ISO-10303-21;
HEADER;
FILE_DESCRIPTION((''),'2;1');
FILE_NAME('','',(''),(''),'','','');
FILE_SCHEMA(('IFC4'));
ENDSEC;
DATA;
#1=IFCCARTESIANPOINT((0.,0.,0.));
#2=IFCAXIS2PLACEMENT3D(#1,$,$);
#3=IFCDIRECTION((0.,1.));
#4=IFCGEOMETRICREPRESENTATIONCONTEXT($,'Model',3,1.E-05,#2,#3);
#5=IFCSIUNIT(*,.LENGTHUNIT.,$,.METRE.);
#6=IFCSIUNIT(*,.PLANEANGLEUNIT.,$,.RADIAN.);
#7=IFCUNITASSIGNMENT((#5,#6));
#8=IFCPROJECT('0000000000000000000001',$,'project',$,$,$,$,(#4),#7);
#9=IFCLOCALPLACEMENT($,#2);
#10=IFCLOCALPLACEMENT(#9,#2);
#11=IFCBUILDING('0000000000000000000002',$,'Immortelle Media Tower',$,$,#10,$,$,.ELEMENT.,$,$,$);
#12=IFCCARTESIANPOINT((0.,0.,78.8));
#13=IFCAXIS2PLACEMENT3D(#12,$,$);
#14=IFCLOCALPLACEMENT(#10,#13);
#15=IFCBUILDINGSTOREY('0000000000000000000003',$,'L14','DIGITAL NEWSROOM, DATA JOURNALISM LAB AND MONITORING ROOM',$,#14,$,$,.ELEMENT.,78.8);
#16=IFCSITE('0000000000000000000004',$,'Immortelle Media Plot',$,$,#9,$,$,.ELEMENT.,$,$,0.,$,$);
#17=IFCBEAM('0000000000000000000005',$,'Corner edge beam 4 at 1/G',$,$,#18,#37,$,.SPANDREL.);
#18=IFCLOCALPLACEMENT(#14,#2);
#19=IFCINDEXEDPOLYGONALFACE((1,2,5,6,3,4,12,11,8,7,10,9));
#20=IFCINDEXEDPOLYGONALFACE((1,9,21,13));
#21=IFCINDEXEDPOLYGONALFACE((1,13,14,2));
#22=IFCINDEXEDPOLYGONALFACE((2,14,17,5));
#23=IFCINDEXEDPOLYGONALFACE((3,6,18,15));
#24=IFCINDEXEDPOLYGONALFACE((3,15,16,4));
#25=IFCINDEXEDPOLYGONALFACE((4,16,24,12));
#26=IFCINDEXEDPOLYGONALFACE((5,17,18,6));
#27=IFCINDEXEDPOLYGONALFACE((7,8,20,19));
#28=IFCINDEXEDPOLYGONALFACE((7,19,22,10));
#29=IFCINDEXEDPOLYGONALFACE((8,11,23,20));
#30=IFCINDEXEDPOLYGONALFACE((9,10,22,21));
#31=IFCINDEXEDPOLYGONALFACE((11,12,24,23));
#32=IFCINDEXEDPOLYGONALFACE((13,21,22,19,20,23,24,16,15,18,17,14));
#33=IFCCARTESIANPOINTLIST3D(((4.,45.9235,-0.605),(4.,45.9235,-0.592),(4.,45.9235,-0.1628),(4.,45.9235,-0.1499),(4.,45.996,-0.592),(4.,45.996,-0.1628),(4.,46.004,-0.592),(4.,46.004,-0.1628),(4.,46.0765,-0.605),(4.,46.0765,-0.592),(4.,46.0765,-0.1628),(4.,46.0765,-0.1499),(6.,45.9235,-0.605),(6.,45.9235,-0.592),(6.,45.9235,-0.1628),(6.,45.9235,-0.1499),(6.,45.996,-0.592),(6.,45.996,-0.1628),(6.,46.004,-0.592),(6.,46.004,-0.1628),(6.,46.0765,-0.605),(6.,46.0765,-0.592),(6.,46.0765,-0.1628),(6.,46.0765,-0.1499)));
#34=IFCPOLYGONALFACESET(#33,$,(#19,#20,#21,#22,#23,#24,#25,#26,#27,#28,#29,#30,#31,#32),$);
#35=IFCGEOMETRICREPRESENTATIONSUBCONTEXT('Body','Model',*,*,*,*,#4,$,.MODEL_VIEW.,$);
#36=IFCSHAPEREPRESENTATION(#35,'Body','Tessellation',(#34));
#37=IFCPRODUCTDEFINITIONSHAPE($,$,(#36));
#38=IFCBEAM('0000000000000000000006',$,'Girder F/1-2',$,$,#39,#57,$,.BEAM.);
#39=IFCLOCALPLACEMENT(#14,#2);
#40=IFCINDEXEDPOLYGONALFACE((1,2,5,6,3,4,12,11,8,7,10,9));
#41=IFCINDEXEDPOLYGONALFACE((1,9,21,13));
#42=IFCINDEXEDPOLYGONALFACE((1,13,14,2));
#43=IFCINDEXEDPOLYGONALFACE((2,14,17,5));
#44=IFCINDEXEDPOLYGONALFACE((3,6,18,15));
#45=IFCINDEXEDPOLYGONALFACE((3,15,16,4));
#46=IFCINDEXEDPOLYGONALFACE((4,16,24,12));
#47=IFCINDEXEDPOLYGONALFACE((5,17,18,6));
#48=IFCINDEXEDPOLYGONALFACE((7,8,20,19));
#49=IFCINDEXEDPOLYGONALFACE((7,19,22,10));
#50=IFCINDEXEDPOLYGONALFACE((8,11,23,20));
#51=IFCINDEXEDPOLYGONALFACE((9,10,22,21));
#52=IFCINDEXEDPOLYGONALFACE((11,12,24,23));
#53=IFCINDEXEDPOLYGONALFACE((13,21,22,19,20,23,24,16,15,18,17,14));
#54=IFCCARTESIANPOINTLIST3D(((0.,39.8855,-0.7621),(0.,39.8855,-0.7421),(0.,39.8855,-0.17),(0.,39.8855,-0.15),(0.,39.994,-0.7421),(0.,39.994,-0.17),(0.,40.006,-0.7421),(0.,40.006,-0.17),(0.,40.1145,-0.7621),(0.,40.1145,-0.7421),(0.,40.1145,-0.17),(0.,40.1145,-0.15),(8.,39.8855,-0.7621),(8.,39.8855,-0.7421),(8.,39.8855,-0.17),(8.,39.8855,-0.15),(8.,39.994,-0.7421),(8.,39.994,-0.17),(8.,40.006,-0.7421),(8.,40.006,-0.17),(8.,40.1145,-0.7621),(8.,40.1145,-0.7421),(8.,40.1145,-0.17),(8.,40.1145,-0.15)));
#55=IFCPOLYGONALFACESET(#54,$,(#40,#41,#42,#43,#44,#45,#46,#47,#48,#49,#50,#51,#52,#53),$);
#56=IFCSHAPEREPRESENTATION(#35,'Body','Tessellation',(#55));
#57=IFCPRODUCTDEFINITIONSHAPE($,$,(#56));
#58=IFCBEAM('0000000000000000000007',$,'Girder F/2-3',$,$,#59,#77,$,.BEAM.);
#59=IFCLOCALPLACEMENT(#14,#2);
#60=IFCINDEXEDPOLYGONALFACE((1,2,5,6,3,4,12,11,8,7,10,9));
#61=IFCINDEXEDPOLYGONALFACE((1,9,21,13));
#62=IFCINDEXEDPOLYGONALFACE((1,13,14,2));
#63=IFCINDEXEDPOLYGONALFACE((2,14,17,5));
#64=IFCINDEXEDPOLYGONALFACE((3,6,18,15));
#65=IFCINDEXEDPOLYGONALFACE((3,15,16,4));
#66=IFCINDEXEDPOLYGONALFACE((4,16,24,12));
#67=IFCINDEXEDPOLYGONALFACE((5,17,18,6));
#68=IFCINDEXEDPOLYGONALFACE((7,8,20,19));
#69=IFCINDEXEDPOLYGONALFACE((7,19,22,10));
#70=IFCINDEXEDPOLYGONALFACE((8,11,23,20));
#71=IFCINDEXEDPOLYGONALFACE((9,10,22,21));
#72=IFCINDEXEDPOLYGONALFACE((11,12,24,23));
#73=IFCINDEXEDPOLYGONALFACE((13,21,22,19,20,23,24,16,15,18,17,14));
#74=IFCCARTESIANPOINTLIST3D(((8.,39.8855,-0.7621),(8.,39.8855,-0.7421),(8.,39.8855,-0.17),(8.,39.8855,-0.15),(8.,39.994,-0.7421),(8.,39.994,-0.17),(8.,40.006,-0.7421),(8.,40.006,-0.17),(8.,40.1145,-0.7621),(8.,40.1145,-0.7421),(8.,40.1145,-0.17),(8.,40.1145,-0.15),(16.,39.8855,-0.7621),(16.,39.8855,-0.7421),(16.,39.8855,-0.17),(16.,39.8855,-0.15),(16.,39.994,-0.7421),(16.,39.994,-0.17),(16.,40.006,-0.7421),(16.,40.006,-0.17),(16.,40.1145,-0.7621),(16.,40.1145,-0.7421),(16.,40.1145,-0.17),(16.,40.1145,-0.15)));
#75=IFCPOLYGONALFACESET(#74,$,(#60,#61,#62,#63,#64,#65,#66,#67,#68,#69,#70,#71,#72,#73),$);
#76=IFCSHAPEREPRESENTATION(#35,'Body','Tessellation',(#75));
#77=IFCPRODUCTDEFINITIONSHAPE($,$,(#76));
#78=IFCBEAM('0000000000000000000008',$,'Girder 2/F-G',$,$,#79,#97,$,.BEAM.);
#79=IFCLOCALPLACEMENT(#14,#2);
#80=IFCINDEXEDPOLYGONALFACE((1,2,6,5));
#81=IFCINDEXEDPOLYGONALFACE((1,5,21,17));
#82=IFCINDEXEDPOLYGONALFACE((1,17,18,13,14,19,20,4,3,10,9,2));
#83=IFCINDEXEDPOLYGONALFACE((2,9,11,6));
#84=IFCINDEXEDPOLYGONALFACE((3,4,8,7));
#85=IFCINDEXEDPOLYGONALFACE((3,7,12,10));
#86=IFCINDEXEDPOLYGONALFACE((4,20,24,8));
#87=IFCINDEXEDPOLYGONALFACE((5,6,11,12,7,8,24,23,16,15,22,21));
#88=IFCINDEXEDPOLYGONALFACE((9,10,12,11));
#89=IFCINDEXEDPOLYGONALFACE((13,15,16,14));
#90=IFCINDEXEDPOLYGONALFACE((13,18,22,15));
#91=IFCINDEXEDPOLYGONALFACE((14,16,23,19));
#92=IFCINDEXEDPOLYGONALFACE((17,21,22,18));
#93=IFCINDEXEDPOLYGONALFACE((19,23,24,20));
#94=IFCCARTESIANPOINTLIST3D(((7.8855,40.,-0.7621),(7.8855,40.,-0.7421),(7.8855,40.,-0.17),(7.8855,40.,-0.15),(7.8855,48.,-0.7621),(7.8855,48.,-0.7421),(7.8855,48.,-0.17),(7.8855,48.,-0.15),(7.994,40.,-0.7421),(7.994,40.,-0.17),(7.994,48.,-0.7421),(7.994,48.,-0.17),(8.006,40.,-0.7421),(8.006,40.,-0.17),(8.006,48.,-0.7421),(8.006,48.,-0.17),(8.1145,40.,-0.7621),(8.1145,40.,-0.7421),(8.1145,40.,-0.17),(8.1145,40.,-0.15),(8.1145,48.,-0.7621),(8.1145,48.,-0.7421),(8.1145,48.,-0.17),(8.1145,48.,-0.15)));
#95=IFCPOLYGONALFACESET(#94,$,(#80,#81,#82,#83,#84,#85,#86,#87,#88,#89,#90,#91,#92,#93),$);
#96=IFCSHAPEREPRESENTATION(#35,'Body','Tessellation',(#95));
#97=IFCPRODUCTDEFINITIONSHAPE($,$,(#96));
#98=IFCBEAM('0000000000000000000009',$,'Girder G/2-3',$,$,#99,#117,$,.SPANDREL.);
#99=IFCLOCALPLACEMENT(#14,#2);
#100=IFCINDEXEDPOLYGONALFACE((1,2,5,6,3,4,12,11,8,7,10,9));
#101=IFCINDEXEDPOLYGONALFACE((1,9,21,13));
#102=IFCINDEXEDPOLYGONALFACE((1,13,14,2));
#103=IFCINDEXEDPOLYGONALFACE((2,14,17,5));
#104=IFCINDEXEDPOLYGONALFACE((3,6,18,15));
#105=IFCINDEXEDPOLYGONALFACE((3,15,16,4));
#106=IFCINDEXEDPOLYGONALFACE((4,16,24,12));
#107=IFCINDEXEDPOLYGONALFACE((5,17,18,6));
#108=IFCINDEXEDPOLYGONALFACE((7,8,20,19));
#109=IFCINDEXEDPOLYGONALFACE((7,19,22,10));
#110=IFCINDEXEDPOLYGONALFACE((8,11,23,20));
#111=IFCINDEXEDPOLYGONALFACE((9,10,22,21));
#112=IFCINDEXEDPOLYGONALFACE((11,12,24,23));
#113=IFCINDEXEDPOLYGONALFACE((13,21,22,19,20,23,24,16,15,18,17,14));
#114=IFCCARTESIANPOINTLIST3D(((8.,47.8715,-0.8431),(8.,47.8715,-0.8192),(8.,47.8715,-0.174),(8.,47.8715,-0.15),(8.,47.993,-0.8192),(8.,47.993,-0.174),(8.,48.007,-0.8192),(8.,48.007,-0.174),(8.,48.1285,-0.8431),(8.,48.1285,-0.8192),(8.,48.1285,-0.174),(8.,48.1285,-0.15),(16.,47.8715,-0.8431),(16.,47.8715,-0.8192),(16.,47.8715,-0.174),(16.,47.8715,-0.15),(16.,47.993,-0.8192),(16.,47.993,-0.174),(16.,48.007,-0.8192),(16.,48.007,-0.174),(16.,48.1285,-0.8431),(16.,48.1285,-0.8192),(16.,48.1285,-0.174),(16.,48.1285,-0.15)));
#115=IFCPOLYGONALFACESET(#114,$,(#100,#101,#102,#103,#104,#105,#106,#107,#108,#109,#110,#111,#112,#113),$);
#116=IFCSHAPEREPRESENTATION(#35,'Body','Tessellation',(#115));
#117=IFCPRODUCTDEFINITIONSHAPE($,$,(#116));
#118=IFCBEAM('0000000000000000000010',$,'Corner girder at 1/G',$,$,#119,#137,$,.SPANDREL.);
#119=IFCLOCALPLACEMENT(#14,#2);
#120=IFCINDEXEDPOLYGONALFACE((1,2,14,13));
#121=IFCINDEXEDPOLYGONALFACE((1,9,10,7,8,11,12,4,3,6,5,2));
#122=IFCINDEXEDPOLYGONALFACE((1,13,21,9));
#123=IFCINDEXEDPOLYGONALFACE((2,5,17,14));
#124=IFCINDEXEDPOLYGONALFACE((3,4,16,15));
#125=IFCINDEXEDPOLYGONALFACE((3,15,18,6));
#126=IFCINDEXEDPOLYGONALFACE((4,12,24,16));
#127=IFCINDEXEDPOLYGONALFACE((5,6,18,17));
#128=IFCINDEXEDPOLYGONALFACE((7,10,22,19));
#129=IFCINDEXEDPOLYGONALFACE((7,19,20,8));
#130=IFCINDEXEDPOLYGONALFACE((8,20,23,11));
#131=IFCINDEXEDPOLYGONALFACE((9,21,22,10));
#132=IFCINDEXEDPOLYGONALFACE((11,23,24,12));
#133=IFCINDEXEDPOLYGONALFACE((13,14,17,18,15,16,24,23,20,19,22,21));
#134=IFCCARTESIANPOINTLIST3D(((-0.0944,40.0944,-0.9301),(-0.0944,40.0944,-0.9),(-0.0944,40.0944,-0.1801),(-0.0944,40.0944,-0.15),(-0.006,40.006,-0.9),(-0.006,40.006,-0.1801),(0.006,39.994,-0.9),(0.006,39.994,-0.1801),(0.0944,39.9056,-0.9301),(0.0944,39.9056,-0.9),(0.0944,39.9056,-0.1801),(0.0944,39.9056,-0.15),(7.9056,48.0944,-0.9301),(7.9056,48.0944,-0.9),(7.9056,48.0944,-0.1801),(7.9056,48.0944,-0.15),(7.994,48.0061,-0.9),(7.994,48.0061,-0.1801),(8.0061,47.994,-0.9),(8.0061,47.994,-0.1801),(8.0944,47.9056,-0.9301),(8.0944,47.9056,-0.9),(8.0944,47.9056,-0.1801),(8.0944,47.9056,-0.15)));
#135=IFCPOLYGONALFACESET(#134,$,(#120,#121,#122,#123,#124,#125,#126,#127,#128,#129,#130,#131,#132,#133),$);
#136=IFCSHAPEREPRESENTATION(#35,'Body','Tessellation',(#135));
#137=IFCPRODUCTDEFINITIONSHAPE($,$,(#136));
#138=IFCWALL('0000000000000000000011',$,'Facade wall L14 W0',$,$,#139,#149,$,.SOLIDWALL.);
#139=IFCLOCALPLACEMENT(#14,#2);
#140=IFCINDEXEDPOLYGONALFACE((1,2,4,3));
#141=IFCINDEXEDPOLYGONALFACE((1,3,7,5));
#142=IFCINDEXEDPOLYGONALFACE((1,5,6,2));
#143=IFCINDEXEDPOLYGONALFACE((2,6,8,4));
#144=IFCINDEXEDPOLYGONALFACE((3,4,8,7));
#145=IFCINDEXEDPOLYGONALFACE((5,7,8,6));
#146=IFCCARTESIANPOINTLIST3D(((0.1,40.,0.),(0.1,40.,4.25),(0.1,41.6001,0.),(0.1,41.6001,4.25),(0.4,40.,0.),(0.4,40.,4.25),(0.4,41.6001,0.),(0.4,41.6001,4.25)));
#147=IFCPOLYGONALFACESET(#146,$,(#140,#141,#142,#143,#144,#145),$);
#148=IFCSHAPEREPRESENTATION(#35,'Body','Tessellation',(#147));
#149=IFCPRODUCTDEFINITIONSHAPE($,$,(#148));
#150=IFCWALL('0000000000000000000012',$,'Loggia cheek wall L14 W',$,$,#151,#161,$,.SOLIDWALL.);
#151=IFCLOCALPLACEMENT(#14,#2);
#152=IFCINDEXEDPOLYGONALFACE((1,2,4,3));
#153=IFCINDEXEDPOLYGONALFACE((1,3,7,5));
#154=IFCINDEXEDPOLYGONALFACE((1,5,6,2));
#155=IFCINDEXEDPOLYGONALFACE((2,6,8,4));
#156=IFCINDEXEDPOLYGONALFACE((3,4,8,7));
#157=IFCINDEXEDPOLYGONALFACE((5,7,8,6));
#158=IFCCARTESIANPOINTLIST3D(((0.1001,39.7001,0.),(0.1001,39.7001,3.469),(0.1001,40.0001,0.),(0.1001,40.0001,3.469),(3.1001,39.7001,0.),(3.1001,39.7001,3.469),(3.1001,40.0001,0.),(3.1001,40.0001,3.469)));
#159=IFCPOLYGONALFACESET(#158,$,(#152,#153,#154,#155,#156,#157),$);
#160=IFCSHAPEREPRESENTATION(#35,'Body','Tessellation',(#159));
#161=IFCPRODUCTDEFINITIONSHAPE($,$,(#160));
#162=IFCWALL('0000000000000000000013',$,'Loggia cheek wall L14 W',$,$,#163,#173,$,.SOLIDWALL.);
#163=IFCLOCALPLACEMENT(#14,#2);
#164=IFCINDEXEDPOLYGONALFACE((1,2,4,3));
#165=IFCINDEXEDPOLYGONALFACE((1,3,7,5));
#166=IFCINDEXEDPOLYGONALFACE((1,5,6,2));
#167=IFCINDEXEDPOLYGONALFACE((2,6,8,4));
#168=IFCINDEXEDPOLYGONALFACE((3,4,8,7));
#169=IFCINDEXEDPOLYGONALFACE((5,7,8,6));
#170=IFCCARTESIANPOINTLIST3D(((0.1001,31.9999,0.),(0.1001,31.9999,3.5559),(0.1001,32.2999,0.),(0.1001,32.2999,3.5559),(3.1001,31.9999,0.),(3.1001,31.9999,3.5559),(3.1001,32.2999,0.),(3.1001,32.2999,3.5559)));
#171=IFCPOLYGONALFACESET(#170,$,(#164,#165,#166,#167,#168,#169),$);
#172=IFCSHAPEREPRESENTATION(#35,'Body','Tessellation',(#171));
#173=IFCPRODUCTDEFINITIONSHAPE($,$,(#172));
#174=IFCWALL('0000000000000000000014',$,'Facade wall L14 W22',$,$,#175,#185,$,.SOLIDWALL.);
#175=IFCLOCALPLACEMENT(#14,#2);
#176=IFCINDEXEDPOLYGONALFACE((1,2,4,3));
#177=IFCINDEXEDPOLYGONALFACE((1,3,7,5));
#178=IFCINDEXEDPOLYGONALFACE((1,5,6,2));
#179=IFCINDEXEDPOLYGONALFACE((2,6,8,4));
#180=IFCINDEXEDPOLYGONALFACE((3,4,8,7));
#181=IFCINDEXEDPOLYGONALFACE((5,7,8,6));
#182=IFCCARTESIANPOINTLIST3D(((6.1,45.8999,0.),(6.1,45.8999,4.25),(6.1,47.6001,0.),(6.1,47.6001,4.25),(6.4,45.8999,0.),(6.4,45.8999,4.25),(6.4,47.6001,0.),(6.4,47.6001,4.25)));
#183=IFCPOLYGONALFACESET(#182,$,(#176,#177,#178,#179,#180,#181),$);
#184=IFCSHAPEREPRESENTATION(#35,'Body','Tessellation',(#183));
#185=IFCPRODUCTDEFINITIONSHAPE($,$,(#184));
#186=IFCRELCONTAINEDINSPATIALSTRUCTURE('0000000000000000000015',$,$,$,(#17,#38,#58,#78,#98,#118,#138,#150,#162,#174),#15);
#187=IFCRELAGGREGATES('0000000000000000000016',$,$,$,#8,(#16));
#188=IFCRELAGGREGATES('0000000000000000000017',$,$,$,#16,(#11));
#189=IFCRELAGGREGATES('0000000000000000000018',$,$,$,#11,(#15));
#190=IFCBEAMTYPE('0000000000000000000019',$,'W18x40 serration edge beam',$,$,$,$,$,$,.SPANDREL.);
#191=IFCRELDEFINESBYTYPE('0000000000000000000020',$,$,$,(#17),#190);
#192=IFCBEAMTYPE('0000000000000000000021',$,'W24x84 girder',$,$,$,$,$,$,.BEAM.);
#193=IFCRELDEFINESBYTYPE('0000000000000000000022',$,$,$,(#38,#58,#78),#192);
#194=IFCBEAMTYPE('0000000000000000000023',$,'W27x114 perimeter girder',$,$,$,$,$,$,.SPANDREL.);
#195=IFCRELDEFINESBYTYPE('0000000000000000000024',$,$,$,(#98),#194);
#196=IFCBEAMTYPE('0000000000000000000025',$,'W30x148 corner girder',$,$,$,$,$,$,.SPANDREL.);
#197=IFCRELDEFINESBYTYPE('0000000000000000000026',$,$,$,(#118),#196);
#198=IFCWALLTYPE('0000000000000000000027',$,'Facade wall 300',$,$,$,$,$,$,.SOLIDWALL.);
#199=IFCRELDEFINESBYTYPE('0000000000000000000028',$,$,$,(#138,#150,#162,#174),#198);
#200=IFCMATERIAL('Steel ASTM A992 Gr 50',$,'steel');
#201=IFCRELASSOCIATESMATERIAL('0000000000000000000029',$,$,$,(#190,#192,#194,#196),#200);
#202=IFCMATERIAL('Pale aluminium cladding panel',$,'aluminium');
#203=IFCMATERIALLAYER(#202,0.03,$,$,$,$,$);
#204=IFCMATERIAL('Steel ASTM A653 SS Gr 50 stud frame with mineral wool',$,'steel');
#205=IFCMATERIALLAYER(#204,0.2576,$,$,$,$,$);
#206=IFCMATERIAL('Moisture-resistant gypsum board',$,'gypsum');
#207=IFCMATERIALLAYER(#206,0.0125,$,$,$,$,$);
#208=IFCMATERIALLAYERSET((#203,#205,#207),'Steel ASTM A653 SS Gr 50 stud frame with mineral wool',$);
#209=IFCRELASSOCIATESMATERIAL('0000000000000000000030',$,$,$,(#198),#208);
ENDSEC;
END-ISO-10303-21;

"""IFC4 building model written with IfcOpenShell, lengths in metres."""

from ifc_helpers import new_model, si_unit, direction, frame, frame_2d, origin, origin_2d, place, context, subcontext, project, spatial, rectangle, i_section, extrude, material, layer, layer_set, material_profile, profile_set, type_object, element, save


model = new_model("IFC4")

# Units and contexts
model_context = context("Model", 3, precision=1e-05, world=origin(), true_north=direction((0.0, 1.0)))
body_context = subcontext(model_context, "Body", "Model", "MODEL_VIEW")
ifc_project = project(units=[si_unit("LENGTHUNIT", "METRE"), si_unit("PLANEANGLEUNIT", "RADIAN")], contexts=[model_context])

# Site, building, storey
site_placement = place(None, origin())
site = spatial("IfcSite", under=ifc_project, at=site_placement, Name="Immortelle Media Plot", CompositionType="ELEMENT", RefElevation=0.0)
building_placement = place(site_placement, origin())
building = spatial("IfcBuilding", under=site, at=building_placement, Name="Immortelle Media Tower", CompositionType="ELEMENT")
storey_placement = place(building_placement, frame((0.0, 0.0, 78.8)))
storey = spatial("IfcBuildingStorey", under=building, at=storey_placement, Name="L14", Description="DIGITAL NEWSROOM, DATA JOURNALISM LAB AND MONITORING ROOM", CompositionType="ELEMENT", Elevation=78.8)

# Shared definitions
ifc_material_1 = material(Name="Steel ASTM A992 Gr 50", Category="steel")

# Beams
ifc_material_profile_1 = material_profile(ifc_material_1, i_section(OverallWidth=0.1531, OverallDepth=0.4551, WebThickness=0.0081, FlangeThickness=0.0129, at=origin_2d()), Name="W18x40")
ifc_profile_set_1 = profile_set([ifc_material_profile_1], Name="Steel ASTM A992 Gr 50")
beam_type_1 = type_object("IfcBeamType", Name="W18x40 serration edge beam", PredefinedType="SPANDREL", material=ifc_profile_set_1)
for number, where, z_axis, x_axis, name in (
    (1, (4.0, 46.0, -0.3774), (1.0, 0.0, 0.0), (0.0, 1.0, 0.0), "Corner edge beam 4 at 1/G"),
):
    element("IfcBeam", number, at=place(storey_placement, frame(where, z_axis=z_axis, x_axis=x_axis)), inside=storey, type_object=beam_type_1, Name=name, PredefinedType="SPANDREL", context=body_context, shape_type="SweptSolid", body=[
        extrude(i_section(OverallWidth=0.1531, OverallDepth=0.4551, WebThickness=0.0081, FlangeThickness=0.0129, at=origin_2d()), origin(), (0.0, 0.0, 1.0), 2.0),
    ])
ifc_material_profile_2 = material_profile(ifc_material_1, i_section(OverallWidth=0.229, OverallDepth=0.6121, WebThickness=0.012, FlangeThickness=0.02, at=origin_2d()), Name="W24x84")
ifc_profile_set_2 = profile_set([ifc_material_profile_2], Name="Steel ASTM A992 Gr 50")
beam_type_2 = type_object("IfcBeamType", Name="W24x84 girder", PredefinedType="BEAM", material=ifc_profile_set_2)
for number, where, z_axis, x_axis, name in (
    (2, (0.0, 40.0, -0.4561), (1.0, 0.0, 0.0), (0.0, 1.0, 0.0), "Girder F/1-2"),
    (3, (8.0, 40.0, -0.4561), (1.0, 0.0, 0.0), (0.0, 1.0, 0.0), "Girder F/2-3"),
    (4, (8.0, 40.0, -0.4561), (0.0, 1.0, 0.0), (-1.0, 0.0, 0.0), "Girder 2/F-G"),
):
    element("IfcBeam", number, at=place(storey_placement, frame(where, z_axis=z_axis, x_axis=x_axis)), inside=storey, type_object=beam_type_2, Name=name, PredefinedType="BEAM", context=body_context, shape_type="SweptSolid", body=[
        extrude(i_section(OverallWidth=0.229, OverallDepth=0.6121, WebThickness=0.012, FlangeThickness=0.02, at=origin_2d()), origin(), (0.0, 0.0, 1.0), 8.0),
    ])
ifc_material_profile_3 = material_profile(ifc_material_1, i_section(OverallWidth=0.2571, OverallDepth=0.6931, WebThickness=0.0139, FlangeThickness=0.0239, at=origin_2d()), Name="W27x114")
ifc_profile_set_3 = profile_set([ifc_material_profile_3], Name="Steel ASTM A992 Gr 50")
beam_type_3 = type_object("IfcBeamType", Name="W27x114 perimeter girder", PredefinedType="SPANDREL", material=ifc_profile_set_3)
beam_1_placement = place(storey_placement, frame((8.0, 48.0, -0.4966), z_axis=(1.0, 0.0, 0.0), x_axis=(0.0, 1.0, 0.0)))
element("IfcBeam", 5, at=beam_1_placement, inside=storey, type_object=beam_type_3, Name="Girder G/2-3", PredefinedType="SPANDREL", context=body_context, shape_type="SweptSolid", body=[
    extrude(i_section(OverallWidth=0.2571, OverallDepth=0.6931, WebThickness=0.0139, FlangeThickness=0.0239, at=origin_2d()), origin(), (0.0, 0.0, 1.0), 8.0),
])
ifc_material_profile_4 = material_profile(ifc_material_1, i_section(OverallWidth=0.2671, OverallDepth=0.78, WebThickness=0.0171, FlangeThickness=0.03, at=origin_2d()), Name="W30x148")
ifc_profile_set_4 = profile_set([ifc_material_profile_4], Name="Steel ASTM A992 Gr 50")
beam_type_4 = type_object("IfcBeamType", Name="W30x148 corner girder", PredefinedType="SPANDREL", material=ifc_profile_set_4)
beam_2_placement = place(storey_placement, frame((0.0, 40.0, -0.54), z_axis=(0.707107, 0.707107, 0.0), x_axis=(-0.707107, 0.707107, 0.0)))
element("IfcBeam", 6, at=beam_2_placement, inside=storey, type_object=beam_type_4, Name="Corner girder at 1/G", PredefinedType="SPANDREL", context=body_context, shape_type="SweptSolid", body=[
    extrude(i_section(OverallWidth=0.2671, OverallDepth=0.78, WebThickness=0.0171, FlangeThickness=0.03, at=origin_2d()), origin(), (0.0, 0.0, 1.0), 11.3137),
])

# Wall
ifc_material_2 = material(Name="Pale aluminium cladding panel", Category="aluminium")
ifc_layer_1 = layer(ifc_material_2, 0.03)
ifc_material_3 = material(Name="Steel ASTM A653 SS Gr 50 stud frame with mineral wool", Category="steel")
ifc_layer_2 = layer(ifc_material_3, 0.2576)
ifc_material_4 = material(Name="Moisture-resistant gypsum board", Category="gypsum")
ifc_layer_3 = layer(ifc_material_4, 0.0125)
ifc_layer_set_1 = layer_set([ifc_layer_1, ifc_layer_2, ifc_layer_3], Name="Steel ASTM A653 SS Gr 50 stud frame with mineral wool")
wall_type_1 = type_object("IfcWallType", Name="Facade wall 300", PredefinedType="SOLIDWALL", material=ifc_layer_set_1)
wall_1_placement = place(storey_placement, frame((0.25, 41.6001, 0.0), z_axis=(0.0, 0.0, 1.0), x_axis=(0.0, -1.0, 0.0)))
element("IfcWall", 7, at=wall_1_placement, inside=storey, type_object=wall_type_1, Name="Facade wall L14 W0", PredefinedType="SOLIDWALL", context=body_context, shape_type="SweptSolid", body=[
    extrude(rectangle(XDim=1.6001, YDim=0.3, at=frame_2d((0.8, 0.0))), origin(), (0.0, 0.0, 1.0), 4.25),
])

# Walls
wall_2_placement = place(storey_placement, frame((0.1001, 39.8501, 0.0), z_axis=(0.0, 0.0, 1.0), x_axis=(1.0, 0.0, 0.0)))
element("IfcWall", 8, at=wall_2_placement, inside=storey, type_object=wall_type_1, Name="Loggia cheek wall L14 W", PredefinedType="SOLIDWALL", context=body_context, shape_type="SweptSolid", body=[
    extrude(rectangle(XDim=3.0, YDim=0.3, at=frame_2d((1.5, 0.0))), origin(), (0.0, 0.0, 1.0), 3.469),
])
wall_3_placement = place(storey_placement, frame((0.1001, 32.1499, 0.0), z_axis=(0.0, 0.0, 1.0), x_axis=(1.0, 0.0, 0.0)))
element("IfcWall", 9, at=wall_3_placement, inside=storey, type_object=wall_type_1, Name="Loggia cheek wall L14 W", PredefinedType="SOLIDWALL", context=body_context, shape_type="SweptSolid", body=[
    extrude(rectangle(XDim=3.0, YDim=0.3, at=frame_2d((1.5, 0.0))), origin(), (0.0, 0.0, 1.0), 3.5559),
])
wall_4_placement = place(storey_placement, frame((6.25, 47.6001, 0.0), z_axis=(0.0, 0.0, 1.0), x_axis=(0.0, -1.0, 0.0)))
element("IfcWall", 10, at=wall_4_placement, inside=storey, type_object=wall_type_1, Name="Facade wall L14 W22", PredefinedType="SOLIDWALL", context=body_context, shape_type="SweptSolid", body=[
    extrude(rectangle(XDim=1.7002, YDim=0.3, at=frame_2d((0.8501, 0.0))), origin(), (0.0, 0.0, 1.0), 4.25),
])

save(model, "model.ifc")
